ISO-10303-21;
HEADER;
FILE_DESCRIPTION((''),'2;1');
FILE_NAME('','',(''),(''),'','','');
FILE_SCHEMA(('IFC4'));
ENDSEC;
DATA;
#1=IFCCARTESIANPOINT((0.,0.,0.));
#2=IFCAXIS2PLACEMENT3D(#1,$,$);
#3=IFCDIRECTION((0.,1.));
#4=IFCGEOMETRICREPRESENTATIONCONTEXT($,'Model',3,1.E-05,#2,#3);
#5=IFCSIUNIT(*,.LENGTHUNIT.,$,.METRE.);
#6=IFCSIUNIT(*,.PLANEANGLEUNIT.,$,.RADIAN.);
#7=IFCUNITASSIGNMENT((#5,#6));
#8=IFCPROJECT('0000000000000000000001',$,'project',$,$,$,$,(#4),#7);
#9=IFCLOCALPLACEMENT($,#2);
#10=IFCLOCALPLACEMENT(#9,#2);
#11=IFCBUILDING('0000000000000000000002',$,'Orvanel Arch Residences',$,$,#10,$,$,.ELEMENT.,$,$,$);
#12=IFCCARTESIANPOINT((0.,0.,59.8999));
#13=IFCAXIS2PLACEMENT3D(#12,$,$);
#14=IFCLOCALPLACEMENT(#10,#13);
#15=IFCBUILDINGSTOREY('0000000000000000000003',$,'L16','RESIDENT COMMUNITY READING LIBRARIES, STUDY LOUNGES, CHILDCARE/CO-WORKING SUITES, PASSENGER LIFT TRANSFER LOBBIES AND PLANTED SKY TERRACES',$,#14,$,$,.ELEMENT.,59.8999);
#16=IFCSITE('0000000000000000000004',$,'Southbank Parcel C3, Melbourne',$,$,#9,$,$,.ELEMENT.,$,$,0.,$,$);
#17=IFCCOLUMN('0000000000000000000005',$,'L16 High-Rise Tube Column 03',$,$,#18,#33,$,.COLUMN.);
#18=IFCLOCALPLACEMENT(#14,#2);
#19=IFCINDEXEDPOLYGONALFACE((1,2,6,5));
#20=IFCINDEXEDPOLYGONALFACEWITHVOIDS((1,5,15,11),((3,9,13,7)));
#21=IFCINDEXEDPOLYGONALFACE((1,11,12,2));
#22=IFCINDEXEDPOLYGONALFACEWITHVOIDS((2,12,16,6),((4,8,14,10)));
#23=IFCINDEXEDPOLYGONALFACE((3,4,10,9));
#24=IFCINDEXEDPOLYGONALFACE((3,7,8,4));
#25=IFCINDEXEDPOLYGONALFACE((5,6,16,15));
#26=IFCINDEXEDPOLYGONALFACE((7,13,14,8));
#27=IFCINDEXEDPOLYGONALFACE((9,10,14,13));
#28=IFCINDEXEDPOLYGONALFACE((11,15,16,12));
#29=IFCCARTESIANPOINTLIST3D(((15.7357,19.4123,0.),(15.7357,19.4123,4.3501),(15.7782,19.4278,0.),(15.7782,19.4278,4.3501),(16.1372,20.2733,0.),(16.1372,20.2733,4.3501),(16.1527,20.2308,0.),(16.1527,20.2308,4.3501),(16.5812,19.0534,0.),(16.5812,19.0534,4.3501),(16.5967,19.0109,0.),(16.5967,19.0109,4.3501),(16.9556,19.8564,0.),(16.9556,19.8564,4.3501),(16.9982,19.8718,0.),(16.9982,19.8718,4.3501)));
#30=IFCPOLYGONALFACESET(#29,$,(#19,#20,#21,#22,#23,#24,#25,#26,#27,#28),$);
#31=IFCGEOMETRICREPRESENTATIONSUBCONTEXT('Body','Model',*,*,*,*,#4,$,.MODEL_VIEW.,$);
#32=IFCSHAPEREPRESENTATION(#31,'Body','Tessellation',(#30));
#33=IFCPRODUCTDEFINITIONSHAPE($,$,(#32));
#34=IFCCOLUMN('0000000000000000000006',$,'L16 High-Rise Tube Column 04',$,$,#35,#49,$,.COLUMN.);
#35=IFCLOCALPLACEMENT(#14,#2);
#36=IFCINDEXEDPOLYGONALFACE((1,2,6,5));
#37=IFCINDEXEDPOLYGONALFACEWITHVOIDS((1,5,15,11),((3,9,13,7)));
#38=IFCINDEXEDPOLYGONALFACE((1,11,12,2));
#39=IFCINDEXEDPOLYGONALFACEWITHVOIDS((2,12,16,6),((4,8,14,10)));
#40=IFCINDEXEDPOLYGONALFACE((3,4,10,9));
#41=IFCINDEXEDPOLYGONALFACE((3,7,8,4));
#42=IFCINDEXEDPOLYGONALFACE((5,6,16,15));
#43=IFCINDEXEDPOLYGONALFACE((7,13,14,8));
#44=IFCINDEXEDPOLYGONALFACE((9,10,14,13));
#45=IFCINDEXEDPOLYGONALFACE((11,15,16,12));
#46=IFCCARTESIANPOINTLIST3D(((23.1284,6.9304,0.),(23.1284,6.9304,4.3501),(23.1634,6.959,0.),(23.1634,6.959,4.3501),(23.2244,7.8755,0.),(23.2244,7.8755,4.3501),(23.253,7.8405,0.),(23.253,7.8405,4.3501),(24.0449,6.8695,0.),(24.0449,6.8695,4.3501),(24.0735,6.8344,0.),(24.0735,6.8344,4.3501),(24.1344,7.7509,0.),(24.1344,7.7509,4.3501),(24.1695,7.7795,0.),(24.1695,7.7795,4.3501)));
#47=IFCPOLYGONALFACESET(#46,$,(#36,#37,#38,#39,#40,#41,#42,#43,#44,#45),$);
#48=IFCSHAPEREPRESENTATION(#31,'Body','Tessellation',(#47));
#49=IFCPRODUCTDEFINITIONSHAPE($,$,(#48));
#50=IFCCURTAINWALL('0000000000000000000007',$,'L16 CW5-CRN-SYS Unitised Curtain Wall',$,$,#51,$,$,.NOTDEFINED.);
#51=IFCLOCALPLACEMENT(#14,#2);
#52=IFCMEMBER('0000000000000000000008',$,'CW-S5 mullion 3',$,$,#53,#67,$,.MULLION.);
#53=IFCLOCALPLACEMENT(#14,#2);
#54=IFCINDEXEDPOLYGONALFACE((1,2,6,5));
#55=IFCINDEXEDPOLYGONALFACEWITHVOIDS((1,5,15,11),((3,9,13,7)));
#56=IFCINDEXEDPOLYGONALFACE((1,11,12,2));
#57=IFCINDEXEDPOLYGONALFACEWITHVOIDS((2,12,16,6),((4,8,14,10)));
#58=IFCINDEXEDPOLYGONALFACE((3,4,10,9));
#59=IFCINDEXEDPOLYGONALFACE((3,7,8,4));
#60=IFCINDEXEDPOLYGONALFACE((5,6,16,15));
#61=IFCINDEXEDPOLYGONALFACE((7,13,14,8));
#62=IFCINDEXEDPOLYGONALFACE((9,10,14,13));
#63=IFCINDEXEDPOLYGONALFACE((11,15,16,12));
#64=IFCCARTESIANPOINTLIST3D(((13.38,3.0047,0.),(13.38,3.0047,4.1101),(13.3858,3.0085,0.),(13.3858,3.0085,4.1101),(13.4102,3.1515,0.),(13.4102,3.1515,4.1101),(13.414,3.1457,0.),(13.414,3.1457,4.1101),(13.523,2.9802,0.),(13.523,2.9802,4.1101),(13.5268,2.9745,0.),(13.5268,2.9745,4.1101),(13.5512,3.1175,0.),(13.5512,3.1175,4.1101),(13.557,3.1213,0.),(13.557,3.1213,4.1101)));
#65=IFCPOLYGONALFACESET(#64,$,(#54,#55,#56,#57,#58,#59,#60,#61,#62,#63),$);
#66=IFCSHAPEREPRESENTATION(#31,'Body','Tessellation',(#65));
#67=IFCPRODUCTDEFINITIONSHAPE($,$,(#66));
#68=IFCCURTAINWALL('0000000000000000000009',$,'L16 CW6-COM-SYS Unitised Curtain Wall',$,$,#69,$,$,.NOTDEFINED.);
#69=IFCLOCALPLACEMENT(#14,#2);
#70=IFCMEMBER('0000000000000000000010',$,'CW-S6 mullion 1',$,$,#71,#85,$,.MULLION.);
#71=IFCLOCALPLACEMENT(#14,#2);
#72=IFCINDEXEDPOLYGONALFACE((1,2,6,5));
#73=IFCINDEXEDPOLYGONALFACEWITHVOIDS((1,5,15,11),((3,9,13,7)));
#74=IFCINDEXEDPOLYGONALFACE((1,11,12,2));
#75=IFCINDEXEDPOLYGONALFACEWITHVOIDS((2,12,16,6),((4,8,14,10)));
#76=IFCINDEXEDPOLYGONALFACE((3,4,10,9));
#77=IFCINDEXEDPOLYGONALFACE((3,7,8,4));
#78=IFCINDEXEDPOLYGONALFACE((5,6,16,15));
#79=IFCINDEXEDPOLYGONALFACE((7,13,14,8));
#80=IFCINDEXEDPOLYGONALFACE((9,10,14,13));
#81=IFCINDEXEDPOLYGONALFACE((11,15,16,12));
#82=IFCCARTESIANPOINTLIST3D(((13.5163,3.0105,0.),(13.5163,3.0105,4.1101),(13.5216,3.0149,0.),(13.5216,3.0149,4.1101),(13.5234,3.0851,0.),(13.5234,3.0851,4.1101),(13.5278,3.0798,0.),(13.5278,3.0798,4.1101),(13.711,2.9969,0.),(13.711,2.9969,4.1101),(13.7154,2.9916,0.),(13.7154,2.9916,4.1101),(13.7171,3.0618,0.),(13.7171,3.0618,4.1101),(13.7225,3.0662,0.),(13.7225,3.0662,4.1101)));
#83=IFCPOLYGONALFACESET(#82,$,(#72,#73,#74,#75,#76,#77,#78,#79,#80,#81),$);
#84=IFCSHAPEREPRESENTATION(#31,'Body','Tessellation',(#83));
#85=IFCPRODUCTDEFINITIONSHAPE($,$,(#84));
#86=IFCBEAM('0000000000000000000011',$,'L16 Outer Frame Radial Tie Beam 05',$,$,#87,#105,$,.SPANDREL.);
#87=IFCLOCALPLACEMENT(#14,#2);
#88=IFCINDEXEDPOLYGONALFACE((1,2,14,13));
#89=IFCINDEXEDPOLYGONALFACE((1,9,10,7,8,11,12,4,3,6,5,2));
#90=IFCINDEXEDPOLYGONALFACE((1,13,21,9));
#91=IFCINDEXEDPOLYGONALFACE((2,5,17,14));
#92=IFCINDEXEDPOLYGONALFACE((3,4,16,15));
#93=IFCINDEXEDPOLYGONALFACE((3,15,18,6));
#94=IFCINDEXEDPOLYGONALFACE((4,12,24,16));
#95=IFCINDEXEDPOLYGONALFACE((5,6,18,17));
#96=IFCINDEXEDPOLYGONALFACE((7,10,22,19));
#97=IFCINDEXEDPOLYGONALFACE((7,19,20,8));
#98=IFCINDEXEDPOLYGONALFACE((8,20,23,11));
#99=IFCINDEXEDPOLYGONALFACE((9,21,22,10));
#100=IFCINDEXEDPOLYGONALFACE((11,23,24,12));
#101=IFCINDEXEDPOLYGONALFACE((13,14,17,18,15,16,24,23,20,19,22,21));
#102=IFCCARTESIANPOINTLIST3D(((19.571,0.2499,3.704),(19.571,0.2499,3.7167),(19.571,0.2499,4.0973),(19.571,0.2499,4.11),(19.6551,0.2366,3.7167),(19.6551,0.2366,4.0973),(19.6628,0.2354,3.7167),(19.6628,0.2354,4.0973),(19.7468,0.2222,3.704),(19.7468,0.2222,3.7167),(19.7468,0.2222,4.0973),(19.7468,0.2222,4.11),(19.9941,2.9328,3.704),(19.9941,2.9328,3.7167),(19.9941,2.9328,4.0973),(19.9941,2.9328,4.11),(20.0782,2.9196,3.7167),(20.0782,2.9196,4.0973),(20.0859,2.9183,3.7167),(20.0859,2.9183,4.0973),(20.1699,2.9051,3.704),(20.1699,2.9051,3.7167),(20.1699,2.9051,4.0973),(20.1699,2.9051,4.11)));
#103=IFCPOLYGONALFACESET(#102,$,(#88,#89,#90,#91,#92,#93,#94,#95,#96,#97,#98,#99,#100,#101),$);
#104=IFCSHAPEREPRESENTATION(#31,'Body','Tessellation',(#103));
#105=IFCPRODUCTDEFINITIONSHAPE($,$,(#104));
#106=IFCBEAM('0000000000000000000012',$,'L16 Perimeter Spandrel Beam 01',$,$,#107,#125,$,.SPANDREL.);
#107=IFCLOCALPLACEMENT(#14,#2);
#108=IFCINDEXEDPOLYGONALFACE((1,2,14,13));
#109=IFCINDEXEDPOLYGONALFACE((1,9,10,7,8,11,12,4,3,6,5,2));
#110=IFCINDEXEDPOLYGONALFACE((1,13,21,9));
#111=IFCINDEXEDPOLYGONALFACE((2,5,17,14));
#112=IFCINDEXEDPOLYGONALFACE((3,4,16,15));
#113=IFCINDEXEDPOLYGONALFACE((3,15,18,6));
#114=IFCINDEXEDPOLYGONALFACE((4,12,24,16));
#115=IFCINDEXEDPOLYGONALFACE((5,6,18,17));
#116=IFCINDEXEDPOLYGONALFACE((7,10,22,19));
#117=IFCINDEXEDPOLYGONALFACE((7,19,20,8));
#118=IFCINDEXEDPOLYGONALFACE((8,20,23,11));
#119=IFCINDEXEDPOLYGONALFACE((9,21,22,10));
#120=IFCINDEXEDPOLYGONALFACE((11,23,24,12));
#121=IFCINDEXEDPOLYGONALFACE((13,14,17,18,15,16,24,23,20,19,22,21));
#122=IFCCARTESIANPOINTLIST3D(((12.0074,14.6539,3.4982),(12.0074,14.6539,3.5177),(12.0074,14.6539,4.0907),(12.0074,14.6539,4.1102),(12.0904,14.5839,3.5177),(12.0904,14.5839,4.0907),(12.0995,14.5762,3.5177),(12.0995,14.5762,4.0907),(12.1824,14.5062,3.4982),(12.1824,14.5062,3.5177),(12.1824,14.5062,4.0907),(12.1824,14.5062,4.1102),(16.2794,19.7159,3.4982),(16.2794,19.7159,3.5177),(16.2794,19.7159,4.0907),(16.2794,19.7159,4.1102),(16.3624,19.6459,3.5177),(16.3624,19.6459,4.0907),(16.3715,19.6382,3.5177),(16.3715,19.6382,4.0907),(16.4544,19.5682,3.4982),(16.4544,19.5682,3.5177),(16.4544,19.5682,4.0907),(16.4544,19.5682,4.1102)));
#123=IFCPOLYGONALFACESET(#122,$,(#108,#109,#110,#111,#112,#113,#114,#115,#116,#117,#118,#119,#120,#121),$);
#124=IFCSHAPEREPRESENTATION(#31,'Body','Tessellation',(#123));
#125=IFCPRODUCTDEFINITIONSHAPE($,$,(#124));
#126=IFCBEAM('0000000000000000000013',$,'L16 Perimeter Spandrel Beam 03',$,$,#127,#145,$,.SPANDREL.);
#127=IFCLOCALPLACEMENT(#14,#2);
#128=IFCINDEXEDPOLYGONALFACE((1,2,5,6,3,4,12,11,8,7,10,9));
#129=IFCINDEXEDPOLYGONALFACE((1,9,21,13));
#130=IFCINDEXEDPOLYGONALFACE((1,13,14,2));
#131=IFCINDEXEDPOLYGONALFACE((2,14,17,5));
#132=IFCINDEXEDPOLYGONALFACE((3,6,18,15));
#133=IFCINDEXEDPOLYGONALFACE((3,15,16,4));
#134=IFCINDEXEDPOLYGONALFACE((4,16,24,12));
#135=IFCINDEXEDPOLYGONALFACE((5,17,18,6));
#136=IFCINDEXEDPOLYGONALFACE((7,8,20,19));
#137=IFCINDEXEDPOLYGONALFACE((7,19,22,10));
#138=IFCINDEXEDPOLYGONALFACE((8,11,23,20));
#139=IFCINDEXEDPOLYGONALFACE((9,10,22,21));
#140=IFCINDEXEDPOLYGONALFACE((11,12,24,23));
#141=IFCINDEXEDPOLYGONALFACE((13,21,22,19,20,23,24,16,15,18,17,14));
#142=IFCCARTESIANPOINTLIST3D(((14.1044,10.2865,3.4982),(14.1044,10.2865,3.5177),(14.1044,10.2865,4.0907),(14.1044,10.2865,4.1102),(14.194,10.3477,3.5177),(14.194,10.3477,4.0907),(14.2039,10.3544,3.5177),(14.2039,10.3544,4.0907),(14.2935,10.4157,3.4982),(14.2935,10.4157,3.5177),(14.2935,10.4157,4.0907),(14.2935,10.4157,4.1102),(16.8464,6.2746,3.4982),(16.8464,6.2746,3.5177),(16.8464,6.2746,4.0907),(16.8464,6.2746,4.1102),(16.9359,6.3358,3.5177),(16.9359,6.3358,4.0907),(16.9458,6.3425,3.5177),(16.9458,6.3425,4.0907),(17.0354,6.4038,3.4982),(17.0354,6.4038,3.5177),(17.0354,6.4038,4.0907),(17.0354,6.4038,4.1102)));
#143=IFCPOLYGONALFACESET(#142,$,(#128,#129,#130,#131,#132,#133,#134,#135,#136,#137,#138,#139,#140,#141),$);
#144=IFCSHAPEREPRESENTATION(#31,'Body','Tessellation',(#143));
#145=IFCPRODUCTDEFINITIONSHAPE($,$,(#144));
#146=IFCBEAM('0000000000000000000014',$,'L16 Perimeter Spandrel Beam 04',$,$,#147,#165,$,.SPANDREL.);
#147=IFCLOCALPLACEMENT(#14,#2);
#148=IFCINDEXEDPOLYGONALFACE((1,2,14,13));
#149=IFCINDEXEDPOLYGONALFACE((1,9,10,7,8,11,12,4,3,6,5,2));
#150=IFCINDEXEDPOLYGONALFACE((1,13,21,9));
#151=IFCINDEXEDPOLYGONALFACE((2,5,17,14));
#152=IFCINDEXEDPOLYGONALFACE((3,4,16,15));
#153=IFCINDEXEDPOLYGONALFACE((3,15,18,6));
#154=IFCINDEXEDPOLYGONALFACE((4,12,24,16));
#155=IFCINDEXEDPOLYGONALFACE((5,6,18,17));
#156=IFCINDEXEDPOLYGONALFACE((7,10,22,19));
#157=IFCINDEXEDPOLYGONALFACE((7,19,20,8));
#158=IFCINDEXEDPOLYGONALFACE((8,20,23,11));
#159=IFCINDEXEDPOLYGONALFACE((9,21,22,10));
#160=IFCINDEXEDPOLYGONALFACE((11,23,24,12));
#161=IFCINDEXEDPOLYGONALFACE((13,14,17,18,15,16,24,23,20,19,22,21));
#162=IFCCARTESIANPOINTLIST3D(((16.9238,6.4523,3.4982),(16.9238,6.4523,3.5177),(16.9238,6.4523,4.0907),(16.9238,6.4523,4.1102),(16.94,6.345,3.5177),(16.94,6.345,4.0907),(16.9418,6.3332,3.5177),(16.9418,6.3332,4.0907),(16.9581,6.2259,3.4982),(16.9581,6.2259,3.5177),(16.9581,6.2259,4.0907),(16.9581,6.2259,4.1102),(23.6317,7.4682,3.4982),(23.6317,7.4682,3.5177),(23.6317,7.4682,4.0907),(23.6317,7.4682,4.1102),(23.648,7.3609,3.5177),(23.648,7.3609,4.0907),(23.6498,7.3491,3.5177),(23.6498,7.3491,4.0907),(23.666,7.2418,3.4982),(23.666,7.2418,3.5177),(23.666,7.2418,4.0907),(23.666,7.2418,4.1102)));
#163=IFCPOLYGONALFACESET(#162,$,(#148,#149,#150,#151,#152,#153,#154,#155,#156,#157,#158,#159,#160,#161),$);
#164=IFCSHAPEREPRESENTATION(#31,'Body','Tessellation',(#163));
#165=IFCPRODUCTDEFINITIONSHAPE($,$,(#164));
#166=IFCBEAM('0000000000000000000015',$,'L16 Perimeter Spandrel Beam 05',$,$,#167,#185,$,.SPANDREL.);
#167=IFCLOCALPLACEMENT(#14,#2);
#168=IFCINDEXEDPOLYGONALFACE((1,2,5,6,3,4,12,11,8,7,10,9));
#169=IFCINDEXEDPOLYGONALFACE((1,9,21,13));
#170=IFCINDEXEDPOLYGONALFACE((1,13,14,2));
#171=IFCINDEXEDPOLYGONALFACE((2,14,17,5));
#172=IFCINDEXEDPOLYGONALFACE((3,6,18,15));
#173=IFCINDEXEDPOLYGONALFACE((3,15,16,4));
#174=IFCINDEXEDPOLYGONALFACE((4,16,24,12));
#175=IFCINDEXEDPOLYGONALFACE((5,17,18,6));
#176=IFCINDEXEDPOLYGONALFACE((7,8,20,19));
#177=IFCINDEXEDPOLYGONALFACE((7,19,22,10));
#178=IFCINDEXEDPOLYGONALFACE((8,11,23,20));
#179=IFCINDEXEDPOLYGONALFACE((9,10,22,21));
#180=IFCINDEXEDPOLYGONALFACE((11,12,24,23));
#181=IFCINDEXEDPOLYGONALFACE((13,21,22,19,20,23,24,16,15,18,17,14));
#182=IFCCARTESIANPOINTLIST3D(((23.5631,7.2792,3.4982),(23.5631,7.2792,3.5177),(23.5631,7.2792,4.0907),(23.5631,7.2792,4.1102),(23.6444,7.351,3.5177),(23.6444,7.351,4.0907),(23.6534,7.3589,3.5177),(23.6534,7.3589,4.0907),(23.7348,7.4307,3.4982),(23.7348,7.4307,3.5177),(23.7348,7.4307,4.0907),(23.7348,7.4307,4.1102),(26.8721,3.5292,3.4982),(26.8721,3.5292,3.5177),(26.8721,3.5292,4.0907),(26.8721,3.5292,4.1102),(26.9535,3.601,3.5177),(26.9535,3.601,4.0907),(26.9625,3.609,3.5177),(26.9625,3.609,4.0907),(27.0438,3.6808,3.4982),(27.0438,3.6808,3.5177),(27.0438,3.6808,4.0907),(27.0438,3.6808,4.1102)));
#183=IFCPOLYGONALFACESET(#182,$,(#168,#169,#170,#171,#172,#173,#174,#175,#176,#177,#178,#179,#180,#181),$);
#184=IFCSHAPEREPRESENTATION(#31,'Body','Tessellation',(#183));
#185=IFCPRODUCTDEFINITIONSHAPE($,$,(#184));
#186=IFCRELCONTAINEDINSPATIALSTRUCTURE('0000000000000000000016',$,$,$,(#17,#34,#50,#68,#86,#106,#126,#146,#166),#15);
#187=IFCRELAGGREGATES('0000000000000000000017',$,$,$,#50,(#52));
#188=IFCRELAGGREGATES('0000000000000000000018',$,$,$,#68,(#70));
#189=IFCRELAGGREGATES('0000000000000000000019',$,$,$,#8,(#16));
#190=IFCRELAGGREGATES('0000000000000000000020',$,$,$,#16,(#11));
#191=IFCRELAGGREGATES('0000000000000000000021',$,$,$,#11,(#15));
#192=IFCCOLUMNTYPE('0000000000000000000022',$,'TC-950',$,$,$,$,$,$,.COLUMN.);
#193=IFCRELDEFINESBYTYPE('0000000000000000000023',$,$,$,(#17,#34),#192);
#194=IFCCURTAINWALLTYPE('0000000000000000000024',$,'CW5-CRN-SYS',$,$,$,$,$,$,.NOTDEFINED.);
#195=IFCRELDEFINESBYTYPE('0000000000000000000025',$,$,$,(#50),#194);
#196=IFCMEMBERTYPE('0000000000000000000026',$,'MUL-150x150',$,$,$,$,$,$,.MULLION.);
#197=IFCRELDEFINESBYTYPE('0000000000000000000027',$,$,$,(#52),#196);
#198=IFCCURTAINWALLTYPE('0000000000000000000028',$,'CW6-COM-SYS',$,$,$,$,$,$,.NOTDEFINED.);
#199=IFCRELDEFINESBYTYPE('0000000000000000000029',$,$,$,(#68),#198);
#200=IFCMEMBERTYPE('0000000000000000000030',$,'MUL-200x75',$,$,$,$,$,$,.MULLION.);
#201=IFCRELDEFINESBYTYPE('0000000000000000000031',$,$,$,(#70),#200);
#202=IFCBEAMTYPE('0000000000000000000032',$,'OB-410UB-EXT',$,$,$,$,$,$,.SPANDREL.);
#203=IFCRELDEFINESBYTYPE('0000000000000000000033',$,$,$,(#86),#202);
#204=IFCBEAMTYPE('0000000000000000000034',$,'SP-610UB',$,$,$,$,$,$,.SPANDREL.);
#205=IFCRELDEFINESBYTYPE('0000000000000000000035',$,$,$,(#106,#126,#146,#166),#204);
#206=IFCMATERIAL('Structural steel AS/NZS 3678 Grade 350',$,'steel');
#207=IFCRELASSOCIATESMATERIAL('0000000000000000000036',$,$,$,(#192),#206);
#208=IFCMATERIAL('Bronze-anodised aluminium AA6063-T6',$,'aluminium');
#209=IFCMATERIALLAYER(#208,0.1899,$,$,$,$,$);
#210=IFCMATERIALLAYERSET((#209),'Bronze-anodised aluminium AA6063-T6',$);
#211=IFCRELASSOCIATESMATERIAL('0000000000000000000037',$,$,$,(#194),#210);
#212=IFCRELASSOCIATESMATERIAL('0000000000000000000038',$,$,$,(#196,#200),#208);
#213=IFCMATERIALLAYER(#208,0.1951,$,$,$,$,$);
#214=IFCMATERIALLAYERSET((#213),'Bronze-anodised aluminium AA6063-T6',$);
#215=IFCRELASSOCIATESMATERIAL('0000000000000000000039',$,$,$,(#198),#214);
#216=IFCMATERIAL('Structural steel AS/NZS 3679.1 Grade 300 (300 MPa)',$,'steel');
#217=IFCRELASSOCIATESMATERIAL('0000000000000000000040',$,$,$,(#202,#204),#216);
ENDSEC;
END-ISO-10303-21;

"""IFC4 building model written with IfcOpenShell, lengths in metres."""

from ifc_helpers import new_model, si_unit, direction, frame, origin, origin_2d, place, context, subcontext, project, spatial, hollow_rectangle, i_section, extrude, material, layer, layer_set, material_profile, profile_set, type_object, element, aggregate, save


model = new_model("IFC4")

# Units and contexts
model_context = context("Model", 3, precision=1e-05, world=origin(), true_north=direction((0.0, 1.0)))
body_context = subcontext(model_context, "Body", "Model", "MODEL_VIEW")
ifc_project = project(units=[si_unit("LENGTHUNIT", "METRE"), si_unit("PLANEANGLEUNIT", "RADIAN")], contexts=[model_context])

# Site, building, storey
site_placement = place(None, origin())
site = spatial("IfcSite", under=ifc_project, at=site_placement, Name="Southbank Parcel C3, Melbourne", CompositionType="ELEMENT", RefElevation=0.0)
building_placement = place(site_placement, origin())
building = spatial("IfcBuilding", under=site, at=building_placement, Name="Orvanel Arch Residences", CompositionType="ELEMENT")
storey_placement = place(building_placement, frame((0.0, 0.0, 59.8999)))
storey = spatial("IfcBuildingStorey", under=building, at=storey_placement, Name="L16", Description="RESIDENT COMMUNITY READING LIBRARIES, STUDY LOUNGES, CHILDCARE/CO-WORKING SUITES, PASSENGER LIFT TRANSFER LOBBIES AND PLANTED SKY TERRACES", CompositionType="ELEMENT", Elevation=59.8999)

# Columns
ifc_material_1 = material(Name="Structural steel AS/NZS 3678 Grade 350", Category="steel")
ifc_material_profile_1 = material_profile(ifc_material_1, hollow_rectangle(XDim=0.95, YDim=0.95, WallThickness=0.032, at=origin_2d()), Name="BOX950x950x32")
ifc_profile_set_1 = profile_set([ifc_material_profile_1], Name="Structural steel AS/NZS 3678 Grade 350")
column_type_1 = type_object("IfcColumnType", Name="TC-950", PredefinedType="COLUMN", material=ifc_profile_set_1)
for number, where, z_axis, x_axis, name in (
    (1, (16.3669, 19.6421, 0.0), (0.0, 0.0, 1.0), (0.422618, 0.906308, 0.0), "L16 High-Rise Tube Column 03"),
    (2, (23.6489, 7.355, 0.0), (0.0, 0.0, 1.0), (-0.994881, 0.101056, 0.0), "L16 High-Rise Tube Column 04"),
):
    element("IfcColumn", number, at=place(storey_placement, frame(where, z_axis=z_axis, x_axis=x_axis)), inside=storey, type_object=column_type_1, Name=name, PredefinedType="COLUMN", context=body_context, shape_type="SweptSolid", body=[
        extrude(hollow_rectangle(XDim=0.95, YDim=0.95, WallThickness=0.032, at=origin_2d()), origin(), (0.0, 0.0, 1.0), 4.3501),
    ])

# Curtain walls, members
ifc_material_2 = material(Name="Bronze-anodised aluminium AA6063-T6", Category="aluminium")
ifc_layer_1 = layer(ifc_material_2, 0.1899)
ifc_layer_set_1 = layer_set([ifc_layer_1], Name="Bronze-anodised aluminium AA6063-T6")
curtain_wall_type_1 = type_object("IfcCurtainWallType", Name="CW5-CRN-SYS", PredefinedType="NOTDEFINED", material=ifc_layer_set_1)
curtain_wall_1_placement = place(storey_placement, origin())
curtain_wall_1 = element("IfcCurtainWall", 3, at=curtain_wall_1_placement, inside=storey, type_object=curtain_wall_type_1, Name="L16 CW5-CRN-SYS Unitised Curtain Wall", PredefinedType="NOTDEFINED")
ifc_material_profile_2 = material_profile(ifc_material_2, hollow_rectangle(XDim=0.1499, YDim=0.1499, WallThickness=0.0049, at=origin_2d()), Name="ALU150x150x5")
ifc_profile_set_2 = profile_set([ifc_material_profile_2], Name="Bronze-anodised aluminium AA6063-T6")
member_type_1 = type_object("IfcMemberType", Name="MUL-150x150", PredefinedType="MULLION", material=ifc_profile_set_2)
member_1_placement = place(storey_placement, frame((13.4685, 3.063, 0.0), z_axis=(0.0, 0.0, 1.0), x_axis=(0.201308, 0.979528, 0.0)))
member_1 = element("IfcMember", 4, at=member_1_placement, type_object=member_type_1, Name="CW-S5 mullion 3", PredefinedType="MULLION", context=body_context, shape_type="SweptSolid", body=[
    extrude(hollow_rectangle(XDim=0.1499, YDim=0.1499, WallThickness=0.0049, at=origin_2d()), origin(), (0.0, 0.0, 1.0), 4.1101),
])
aggregate(curtain_wall_1, [member_1])
ifc_layer_2 = layer(ifc_material_2, 0.1951)
ifc_layer_set_2 = layer_set([ifc_layer_2], Name="Bronze-anodised aluminium AA6063-T6")
curtain_wall_type_2 = type_object("IfcCurtainWallType", Name="CW6-COM-SYS", PredefinedType="NOTDEFINED", material=ifc_layer_set_2)
curtain_wall_2_placement = place(storey_placement, origin())
curtain_wall_2 = element("IfcCurtainWall", 5, at=curtain_wall_2_placement, inside=storey, type_object=curtain_wall_type_2, Name="L16 CW6-COM-SYS Unitised Curtain Wall", PredefinedType="NOTDEFINED")
ifc_material_profile_3 = material_profile(ifc_material_2, hollow_rectangle(XDim=0.075, YDim=0.2, WallThickness=0.0049, at=origin_2d()), Name="ALU200x75x5")
ifc_profile_set_3 = profile_set([ifc_material_profile_3], Name="Bronze-anodised aluminium AA6063-T6")
member_type_2 = type_object("IfcMemberType", Name="MUL-200x75", PredefinedType="MULLION", material=ifc_profile_set_3)
member_2_placement = place(storey_placement, frame((13.6194, 3.0383, 0.0), z_axis=(0.0, 0.0, 1.0), x_axis=(0.094627, 0.995513, 0.0)))
member_2 = element("IfcMember", 6, at=member_2_placement, type_object=member_type_2, Name="CW-S6 mullion 1", PredefinedType="MULLION", context=body_context, shape_type="SweptSolid", body=[
    extrude(hollow_rectangle(XDim=0.075, YDim=0.2, WallThickness=0.0049, at=origin_2d()), origin(), (0.0, 0.0, 1.0), 4.1101),
])

# Beams
ifc_material_3 = material(Name="Structural steel AS/NZS 3679.1 Grade 300 (300 MPa)", Category="steel")
ifc_material_profile_4 = material_profile(ifc_material_3, i_section(OverallWidth=0.178, OverallDepth=0.406, WebThickness=0.0078, FlangeThickness=0.0127, at=origin_2d()), Name="410UB59.7")
ifc_profile_set_4 = profile_set([ifc_material_profile_4], Name="Structural steel AS/NZS 3679.1 Grade 300 (300 MPa)")
beam_type_1 = type_object("IfcBeamType", Name="OB-410UB-EXT", PredefinedType="SPANDREL", material=ifc_profile_set_4)
beam_1_placement = place(storey_placement, frame((20.082, 2.9189, 3.907), z_axis=(-0.155778, -0.987792, 0.0), x_axis=(0.987792, -0.155778, 0.0)))
element("IfcBeam", 7, at=beam_1_placement, inside=storey, type_object=beam_type_1, Name="L16 Outer Frame Radial Tie Beam 05", PredefinedType="SPANDREL", context=body_context, shape_type="SweptSolid", body=[
    extrude(i_section(OverallWidth=0.178, OverallDepth=0.406, WebThickness=0.0078, FlangeThickness=0.0127, at=origin_2d()), origin(), (0.0, 0.0, 1.0), 2.7161),
])
ifc_material_profile_5 = material_profile(ifc_material_3, i_section(OverallWidth=0.229, OverallDepth=0.6121, WebThickness=0.012, FlangeThickness=0.0195, at=origin_2d()), Name="610UB125")
ifc_profile_set_5 = profile_set([ifc_material_profile_5], Name="Structural steel AS/NZS 3679.1 Grade 300 (300 MPa)")
beam_type_2 = type_object("IfcBeamType", Name="SP-610UB", PredefinedType="SPANDREL", material=ifc_profile_set_5)
beam_2_placement = place(storey_placement, frame((16.3669, 19.6421, 3.8042), z_axis=(-0.64495, -0.764224, 0.0), x_axis=(0.764224, -0.64495, 0.0)))
element("IfcBeam", 8, at=beam_2_placement, inside=storey, type_object=beam_type_2, Name="L16 Perimeter Spandrel Beam 01", PredefinedType="SPANDREL", context=body_context, shape_type="SweptSolid", body=[
    extrude(i_section(OverallWidth=0.229, OverallDepth=0.6121, WebThickness=0.012, FlangeThickness=0.0195, at=origin_2d()), origin(), (0.0, 0.0, 1.0), 6.6238),
])
beam_3_placement = place(storey_placement, frame((14.199, 10.3511, 3.8042), z_axis=(0.564252, -0.825603, 0.0), x_axis=(0.825603, 0.564252, 0.0)))
element("IfcBeam", 9, at=beam_3_placement, inside=storey, type_object=beam_type_2, Name="L16 Perimeter Spandrel Beam 03", PredefinedType="SPANDREL", context=body_context, shape_type="SweptSolid", body=[
    extrude(i_section(OverallWidth=0.229, OverallDepth=0.6121, WebThickness=0.012, FlangeThickness=0.0195, at=origin_2d()), origin(), (0.0, 0.0, 1.0), 4.8594),
])
beam_4_placement = place(storey_placement, frame((16.9409, 6.3391, 3.8042), z_axis=(0.988726, 0.149734, 0.0), x_axis=(-0.149734, 0.988726, 0.0)))
element("IfcBeam", 10, at=beam_4_placement, inside=storey, type_object=beam_type_2, Name="L16 Perimeter Spandrel Beam 04", PredefinedType="SPANDREL", context=body_context, shape_type="SweptSolid", body=[
    extrude(i_section(OverallWidth=0.229, OverallDepth=0.6121, WebThickness=0.012, FlangeThickness=0.0195, at=origin_2d()), origin(), (0.0, 0.0, 1.0), 6.7844),
])
beam_5_placement = place(storey_placement, frame((23.6489, 7.355, 3.8042), z_axis=(0.661651, -0.749812, 0.0), x_axis=(0.749812, 0.661651, 0.0)))
element("IfcBeam", 11, at=beam_5_placement, inside=storey, type_object=beam_type_2, Name="L16 Perimeter Spandrel Beam 05", PredefinedType="SPANDREL", context=body_context, shape_type="SweptSolid", body=[
    extrude(i_section(OverallWidth=0.229, OverallDepth=0.6121, WebThickness=0.012, FlangeThickness=0.0195, at=origin_2d()), origin(), (0.0, 0.0, 1.0), 5.0012),
])

aggregate(curtain_wall_2, [member_2])

save(model, "model.ifc")
